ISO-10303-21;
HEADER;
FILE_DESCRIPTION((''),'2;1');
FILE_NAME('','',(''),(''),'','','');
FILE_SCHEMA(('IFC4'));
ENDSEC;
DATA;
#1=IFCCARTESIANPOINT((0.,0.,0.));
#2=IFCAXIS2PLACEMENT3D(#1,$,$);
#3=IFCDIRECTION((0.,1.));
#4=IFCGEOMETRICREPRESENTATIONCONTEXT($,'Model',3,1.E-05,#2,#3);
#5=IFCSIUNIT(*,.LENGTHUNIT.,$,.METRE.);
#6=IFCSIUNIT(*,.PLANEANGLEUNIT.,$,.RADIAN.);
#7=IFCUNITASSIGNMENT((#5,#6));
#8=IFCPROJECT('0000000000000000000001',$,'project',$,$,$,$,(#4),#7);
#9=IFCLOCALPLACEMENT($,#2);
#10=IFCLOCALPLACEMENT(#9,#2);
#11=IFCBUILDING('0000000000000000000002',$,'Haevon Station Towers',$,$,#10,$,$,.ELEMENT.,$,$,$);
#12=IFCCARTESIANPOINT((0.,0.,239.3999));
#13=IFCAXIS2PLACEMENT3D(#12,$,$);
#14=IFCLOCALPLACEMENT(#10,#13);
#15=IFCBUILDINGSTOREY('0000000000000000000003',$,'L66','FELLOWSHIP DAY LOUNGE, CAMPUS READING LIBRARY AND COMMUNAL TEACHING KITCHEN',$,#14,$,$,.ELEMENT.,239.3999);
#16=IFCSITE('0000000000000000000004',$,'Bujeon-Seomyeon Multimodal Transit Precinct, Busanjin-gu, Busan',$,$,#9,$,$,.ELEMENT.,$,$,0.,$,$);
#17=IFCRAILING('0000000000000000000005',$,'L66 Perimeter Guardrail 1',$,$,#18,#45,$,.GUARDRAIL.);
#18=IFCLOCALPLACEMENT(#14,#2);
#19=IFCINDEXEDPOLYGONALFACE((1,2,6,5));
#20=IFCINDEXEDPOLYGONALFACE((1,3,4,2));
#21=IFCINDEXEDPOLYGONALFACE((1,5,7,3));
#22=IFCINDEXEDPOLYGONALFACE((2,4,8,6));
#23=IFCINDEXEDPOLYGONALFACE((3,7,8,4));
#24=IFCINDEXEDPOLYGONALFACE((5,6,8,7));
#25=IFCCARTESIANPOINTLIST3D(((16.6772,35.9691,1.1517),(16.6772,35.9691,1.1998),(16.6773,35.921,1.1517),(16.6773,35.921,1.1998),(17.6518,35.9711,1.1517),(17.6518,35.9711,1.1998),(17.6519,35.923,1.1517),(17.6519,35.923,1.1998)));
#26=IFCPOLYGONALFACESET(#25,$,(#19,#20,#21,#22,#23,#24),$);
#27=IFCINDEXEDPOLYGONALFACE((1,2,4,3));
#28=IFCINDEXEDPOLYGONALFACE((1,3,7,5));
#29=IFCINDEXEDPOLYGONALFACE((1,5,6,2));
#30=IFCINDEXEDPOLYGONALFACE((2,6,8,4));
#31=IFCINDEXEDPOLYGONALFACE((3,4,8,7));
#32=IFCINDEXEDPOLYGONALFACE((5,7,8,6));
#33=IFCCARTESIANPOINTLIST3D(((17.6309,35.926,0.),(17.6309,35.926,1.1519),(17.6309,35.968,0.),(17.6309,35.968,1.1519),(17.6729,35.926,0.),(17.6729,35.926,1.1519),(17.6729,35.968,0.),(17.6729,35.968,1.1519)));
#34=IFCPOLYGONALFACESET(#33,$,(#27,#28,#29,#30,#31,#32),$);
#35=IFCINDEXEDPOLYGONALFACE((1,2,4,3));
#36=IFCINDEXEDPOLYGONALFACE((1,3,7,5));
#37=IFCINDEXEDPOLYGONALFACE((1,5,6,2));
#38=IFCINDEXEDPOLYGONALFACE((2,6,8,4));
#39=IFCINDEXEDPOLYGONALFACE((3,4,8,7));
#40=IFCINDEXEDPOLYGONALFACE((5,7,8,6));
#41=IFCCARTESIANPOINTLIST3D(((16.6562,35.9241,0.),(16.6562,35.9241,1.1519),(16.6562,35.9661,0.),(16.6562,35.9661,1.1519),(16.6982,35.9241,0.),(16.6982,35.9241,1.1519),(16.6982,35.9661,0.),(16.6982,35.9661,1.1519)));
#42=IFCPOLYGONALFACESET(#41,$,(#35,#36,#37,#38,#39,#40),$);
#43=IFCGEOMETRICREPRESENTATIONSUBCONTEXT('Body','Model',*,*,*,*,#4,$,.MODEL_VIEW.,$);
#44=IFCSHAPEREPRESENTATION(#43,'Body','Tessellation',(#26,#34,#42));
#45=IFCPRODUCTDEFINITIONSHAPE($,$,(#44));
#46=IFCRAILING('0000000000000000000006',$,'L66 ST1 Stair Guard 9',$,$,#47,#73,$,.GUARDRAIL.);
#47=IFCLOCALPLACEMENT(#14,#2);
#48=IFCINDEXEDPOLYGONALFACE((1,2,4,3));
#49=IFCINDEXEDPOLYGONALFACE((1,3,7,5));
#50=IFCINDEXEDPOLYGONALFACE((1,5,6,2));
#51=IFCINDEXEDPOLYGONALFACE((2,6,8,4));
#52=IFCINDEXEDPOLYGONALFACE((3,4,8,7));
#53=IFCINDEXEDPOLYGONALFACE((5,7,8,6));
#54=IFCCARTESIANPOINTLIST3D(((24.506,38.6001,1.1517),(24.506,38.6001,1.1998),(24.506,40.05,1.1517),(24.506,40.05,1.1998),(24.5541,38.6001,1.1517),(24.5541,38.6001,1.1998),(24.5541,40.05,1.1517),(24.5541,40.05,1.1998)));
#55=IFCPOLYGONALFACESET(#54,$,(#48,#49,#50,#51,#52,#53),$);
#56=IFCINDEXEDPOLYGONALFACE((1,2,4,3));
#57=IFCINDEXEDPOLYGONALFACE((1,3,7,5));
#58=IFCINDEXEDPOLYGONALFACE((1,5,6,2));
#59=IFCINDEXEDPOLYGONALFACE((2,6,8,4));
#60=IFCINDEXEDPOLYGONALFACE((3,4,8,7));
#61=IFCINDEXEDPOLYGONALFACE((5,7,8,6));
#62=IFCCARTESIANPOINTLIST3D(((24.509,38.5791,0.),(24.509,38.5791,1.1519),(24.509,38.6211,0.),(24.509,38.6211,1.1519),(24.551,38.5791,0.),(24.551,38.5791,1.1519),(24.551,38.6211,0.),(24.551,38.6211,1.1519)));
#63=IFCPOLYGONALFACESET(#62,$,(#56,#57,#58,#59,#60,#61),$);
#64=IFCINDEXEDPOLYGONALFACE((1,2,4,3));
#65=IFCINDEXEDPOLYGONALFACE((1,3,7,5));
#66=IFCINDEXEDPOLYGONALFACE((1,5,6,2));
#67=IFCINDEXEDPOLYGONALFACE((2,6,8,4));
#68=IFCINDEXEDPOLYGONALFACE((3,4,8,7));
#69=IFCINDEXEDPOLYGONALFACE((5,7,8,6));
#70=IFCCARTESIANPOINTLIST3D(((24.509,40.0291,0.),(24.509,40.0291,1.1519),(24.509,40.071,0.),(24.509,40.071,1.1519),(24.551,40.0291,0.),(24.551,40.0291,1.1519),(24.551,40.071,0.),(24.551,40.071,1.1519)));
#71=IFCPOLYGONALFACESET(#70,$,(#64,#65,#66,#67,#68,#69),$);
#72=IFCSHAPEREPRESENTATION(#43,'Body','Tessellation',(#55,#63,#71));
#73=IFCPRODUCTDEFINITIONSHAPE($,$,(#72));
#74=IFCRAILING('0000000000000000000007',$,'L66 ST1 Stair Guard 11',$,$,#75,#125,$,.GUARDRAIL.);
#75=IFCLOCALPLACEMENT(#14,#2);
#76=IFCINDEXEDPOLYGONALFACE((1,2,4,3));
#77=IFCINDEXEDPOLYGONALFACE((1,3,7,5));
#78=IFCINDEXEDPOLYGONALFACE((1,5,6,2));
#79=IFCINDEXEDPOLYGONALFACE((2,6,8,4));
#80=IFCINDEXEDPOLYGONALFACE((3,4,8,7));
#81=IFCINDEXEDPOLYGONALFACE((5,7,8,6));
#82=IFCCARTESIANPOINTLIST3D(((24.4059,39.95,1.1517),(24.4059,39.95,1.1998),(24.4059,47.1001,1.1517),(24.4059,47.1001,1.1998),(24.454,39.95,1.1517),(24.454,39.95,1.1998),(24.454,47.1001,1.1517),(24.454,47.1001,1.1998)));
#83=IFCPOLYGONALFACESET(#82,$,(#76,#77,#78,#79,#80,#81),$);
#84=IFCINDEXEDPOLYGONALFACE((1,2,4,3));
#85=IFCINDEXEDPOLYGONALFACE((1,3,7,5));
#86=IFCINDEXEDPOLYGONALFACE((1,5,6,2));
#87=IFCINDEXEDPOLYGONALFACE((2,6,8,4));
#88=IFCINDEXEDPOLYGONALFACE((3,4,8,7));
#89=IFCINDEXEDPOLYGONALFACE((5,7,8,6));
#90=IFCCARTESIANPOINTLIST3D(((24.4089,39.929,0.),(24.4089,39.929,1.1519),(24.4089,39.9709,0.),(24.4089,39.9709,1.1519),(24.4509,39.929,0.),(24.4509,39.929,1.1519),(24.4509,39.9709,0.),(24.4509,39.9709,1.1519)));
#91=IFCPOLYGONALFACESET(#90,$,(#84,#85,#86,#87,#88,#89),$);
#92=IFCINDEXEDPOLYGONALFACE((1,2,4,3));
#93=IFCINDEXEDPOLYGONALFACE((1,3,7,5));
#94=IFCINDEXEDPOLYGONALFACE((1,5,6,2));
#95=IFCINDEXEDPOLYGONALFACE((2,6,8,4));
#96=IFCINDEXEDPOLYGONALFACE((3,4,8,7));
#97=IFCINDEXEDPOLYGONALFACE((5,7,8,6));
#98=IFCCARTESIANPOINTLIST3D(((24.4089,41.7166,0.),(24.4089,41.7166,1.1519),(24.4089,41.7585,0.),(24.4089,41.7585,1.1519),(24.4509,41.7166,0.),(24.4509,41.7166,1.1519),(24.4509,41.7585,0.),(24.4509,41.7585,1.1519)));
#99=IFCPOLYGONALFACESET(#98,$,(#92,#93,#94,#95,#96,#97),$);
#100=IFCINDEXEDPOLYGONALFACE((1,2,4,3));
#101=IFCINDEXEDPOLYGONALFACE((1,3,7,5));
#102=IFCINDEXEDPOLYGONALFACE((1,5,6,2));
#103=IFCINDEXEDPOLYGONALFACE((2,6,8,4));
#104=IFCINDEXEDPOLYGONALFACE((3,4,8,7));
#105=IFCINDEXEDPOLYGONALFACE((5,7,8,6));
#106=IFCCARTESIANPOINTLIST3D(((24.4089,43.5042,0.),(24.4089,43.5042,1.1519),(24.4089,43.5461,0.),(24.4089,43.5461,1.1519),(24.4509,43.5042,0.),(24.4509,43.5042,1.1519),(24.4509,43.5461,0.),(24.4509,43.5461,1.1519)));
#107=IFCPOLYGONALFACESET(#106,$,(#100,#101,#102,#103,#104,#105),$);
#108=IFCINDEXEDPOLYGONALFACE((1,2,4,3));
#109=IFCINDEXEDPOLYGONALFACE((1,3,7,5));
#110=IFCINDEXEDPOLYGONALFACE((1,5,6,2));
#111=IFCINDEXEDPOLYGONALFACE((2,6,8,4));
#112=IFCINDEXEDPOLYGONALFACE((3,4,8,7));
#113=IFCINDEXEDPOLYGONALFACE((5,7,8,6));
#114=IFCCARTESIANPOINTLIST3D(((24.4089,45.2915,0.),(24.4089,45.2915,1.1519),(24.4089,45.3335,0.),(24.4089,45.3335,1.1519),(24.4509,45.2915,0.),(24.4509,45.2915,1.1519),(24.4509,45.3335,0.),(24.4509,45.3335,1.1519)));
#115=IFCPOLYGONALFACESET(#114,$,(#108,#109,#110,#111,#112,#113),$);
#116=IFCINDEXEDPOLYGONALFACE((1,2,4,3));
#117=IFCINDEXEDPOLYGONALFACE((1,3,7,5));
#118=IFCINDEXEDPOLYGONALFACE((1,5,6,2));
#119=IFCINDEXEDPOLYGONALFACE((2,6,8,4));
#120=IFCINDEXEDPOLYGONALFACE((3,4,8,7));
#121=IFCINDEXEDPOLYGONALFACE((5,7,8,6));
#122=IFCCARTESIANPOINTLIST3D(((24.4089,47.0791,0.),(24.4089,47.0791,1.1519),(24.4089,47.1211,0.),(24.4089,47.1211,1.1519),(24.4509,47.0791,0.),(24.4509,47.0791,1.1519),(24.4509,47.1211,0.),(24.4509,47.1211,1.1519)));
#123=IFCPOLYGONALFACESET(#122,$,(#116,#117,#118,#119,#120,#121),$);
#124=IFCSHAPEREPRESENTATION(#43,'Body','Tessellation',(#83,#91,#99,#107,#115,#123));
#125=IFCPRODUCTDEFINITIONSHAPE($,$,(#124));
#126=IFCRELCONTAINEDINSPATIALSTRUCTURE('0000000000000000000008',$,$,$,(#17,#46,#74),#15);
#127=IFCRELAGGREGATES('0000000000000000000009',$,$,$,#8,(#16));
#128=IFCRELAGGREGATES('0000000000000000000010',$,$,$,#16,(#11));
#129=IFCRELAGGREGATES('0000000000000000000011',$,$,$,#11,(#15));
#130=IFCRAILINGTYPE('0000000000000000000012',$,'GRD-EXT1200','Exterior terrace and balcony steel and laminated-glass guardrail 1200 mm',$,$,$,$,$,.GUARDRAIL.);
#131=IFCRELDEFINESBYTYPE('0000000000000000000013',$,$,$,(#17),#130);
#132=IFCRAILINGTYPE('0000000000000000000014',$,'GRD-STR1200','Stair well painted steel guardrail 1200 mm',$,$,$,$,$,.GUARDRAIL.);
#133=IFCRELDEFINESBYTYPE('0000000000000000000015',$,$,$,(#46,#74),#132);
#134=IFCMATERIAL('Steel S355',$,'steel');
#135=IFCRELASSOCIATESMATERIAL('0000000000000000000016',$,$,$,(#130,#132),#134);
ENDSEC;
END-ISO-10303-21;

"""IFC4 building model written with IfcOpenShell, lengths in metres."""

from ifc_helpers import new_model, si_unit, direction, frame, origin, origin_2d, place, context, subcontext, project, spatial, rectangle, extrude, material, type_object, element, save


model = new_model("IFC4")

# Units and contexts
model_context = context("Model", 3, precision=1e-05, world=origin(), true_north=direction((0.0, 1.0)))
body_context = subcontext(model_context, "Body", "Model", "MODEL_VIEW")
ifc_project = project(units=[si_unit("LENGTHUNIT", "METRE"), si_unit("PLANEANGLEUNIT", "RADIAN")], contexts=[model_context])

# Site, building, storey
site_placement = place(None, origin())
site = spatial("IfcSite", under=ifc_project, at=site_placement, Name="Bujeon-Seomyeon Multimodal Transit Precinct, Busanjin-gu, Busan", CompositionType="ELEMENT", RefElevation=0.0)
building_placement = place(site_placement, origin())
building = spatial("IfcBuilding", under=site, at=building_placement, Name="Haevon Station Towers", CompositionType="ELEMENT")
storey_placement = place(building_placement, frame((0.0, 0.0, 239.3999)))
storey = spatial("IfcBuildingStorey", under=building, at=storey_placement, Name="L66", Description="FELLOWSHIP DAY LOUNGE, CAMPUS READING LIBRARY AND COMMUNAL TEACHING KITCHEN", CompositionType="ELEMENT", Elevation=239.3999)

# Shared definitions
ifc_material_1 = material(Name="Steel S355", Category="steel")

# Railings
railing_type_1 = type_object("IfcRailingType", Name="GRD-EXT1200", Description="Exterior terrace and balcony steel and laminated-glass guardrail 1200 mm", PredefinedType="GUARDRAIL", material=ifc_material_1)
railing_1_placement = place(storey_placement, frame((17.6519, 35.947, 0.0)))
element("IfcRailing", 1, at=railing_1_placement, inside=storey, type_object=railing_type_1, Name="L66 Perimeter Guardrail 1", PredefinedType="GUARDRAIL", context=body_context, shape_type="SweptSolid", body=[
    extrude(rectangle(XDim=0.0481, YDim=0.0481, at=origin_2d()), frame((0.0, 0.0, 1.1758), z_axis=(-0.999998, -0.002004, 0.0), x_axis=(0.002004, -0.999998, 0.0)), (0.0, 0.0, 1.0), 0.9746),
    extrude(rectangle(XDim=0.042, YDim=0.042, at=origin_2d()), origin(), (0.0, 0.0, 1.0), 1.1519),
    extrude(rectangle(XDim=0.042, YDim=0.042, at=origin_2d()), frame((-0.9746, -0.002, 0.0)), (0.0, 0.0, 1.0), 1.1519),
])
railing_type_2 = type_object("IfcRailingType", Name="GRD-STR1200", Description="Stair well painted steel guardrail 1200 mm", PredefinedType="GUARDRAIL", material=ifc_material_1)
railing_2_placement = place(storey_placement, frame((24.53, 38.6001, 0.0)))
element("IfcRailing", 2, at=railing_2_placement, inside=storey, type_object=railing_type_2, Name="L66 ST1 Stair Guard 9", PredefinedType="GUARDRAIL", context=body_context, shape_type="SweptSolid", body=[
    extrude(rectangle(XDim=0.0481, YDim=0.0481, at=origin_2d()), frame((0.0, 0.0, 1.1758), z_axis=(0.0, 1.0, 0.0), x_axis=(-1.0, 0.0, 0.0)), (0.0, 0.0, 1.0), 1.45),
    extrude(rectangle(XDim=0.042, YDim=0.042, at=origin_2d()), origin(), (0.0, 0.0, 1.0), 1.1519),
    extrude(rectangle(XDim=0.042, YDim=0.042, at=origin_2d()), frame((0.0, 1.45, 0.0)), (0.0, 0.0, 1.0), 1.1519),
])
railing_3_placement = place(storey_placement, frame((24.4299, 39.95, 0.0)))
element("IfcRailing", 3, at=railing_3_placement, inside=storey, type_object=railing_type_2, Name="L66 ST1 Stair Guard 11", PredefinedType="GUARDRAIL", context=body_context, shape_type="SweptSolid", body=[
    extrude(rectangle(XDim=0.0481, YDim=0.0481, at=origin_2d()), frame((0.0, 0.0, 1.1758), z_axis=(0.0, 1.0, 0.0), x_axis=(-1.0, 0.0, 0.0)), (0.0, 0.0, 1.0), 7.1501),
    extrude(rectangle(XDim=0.042, YDim=0.042, at=origin_2d()), origin(), (0.0, 0.0, 1.0), 1.1519),
    extrude(rectangle(XDim=0.042, YDim=0.042, at=origin_2d()), frame((0.0, 1.7876, 0.0)), (0.0, 0.0, 1.0), 1.1519),
    extrude(rectangle(XDim=0.042, YDim=0.042, at=origin_2d()), frame((0.0, 3.5752, 0.0)), (0.0, 0.0, 1.0), 1.1519),
    extrude(rectangle(XDim=0.042, YDim=0.042, at=origin_2d()), frame((0.0, 5.3625, 0.0)), (0.0, 0.0, 1.0), 1.1519),
    extrude(rectangle(XDim=0.042, YDim=0.042, at=origin_2d()), frame((0.0, 7.1501, 0.0)), (0.0, 0.0, 1.0), 1.1519),
])

save(model, "model.ifc")
